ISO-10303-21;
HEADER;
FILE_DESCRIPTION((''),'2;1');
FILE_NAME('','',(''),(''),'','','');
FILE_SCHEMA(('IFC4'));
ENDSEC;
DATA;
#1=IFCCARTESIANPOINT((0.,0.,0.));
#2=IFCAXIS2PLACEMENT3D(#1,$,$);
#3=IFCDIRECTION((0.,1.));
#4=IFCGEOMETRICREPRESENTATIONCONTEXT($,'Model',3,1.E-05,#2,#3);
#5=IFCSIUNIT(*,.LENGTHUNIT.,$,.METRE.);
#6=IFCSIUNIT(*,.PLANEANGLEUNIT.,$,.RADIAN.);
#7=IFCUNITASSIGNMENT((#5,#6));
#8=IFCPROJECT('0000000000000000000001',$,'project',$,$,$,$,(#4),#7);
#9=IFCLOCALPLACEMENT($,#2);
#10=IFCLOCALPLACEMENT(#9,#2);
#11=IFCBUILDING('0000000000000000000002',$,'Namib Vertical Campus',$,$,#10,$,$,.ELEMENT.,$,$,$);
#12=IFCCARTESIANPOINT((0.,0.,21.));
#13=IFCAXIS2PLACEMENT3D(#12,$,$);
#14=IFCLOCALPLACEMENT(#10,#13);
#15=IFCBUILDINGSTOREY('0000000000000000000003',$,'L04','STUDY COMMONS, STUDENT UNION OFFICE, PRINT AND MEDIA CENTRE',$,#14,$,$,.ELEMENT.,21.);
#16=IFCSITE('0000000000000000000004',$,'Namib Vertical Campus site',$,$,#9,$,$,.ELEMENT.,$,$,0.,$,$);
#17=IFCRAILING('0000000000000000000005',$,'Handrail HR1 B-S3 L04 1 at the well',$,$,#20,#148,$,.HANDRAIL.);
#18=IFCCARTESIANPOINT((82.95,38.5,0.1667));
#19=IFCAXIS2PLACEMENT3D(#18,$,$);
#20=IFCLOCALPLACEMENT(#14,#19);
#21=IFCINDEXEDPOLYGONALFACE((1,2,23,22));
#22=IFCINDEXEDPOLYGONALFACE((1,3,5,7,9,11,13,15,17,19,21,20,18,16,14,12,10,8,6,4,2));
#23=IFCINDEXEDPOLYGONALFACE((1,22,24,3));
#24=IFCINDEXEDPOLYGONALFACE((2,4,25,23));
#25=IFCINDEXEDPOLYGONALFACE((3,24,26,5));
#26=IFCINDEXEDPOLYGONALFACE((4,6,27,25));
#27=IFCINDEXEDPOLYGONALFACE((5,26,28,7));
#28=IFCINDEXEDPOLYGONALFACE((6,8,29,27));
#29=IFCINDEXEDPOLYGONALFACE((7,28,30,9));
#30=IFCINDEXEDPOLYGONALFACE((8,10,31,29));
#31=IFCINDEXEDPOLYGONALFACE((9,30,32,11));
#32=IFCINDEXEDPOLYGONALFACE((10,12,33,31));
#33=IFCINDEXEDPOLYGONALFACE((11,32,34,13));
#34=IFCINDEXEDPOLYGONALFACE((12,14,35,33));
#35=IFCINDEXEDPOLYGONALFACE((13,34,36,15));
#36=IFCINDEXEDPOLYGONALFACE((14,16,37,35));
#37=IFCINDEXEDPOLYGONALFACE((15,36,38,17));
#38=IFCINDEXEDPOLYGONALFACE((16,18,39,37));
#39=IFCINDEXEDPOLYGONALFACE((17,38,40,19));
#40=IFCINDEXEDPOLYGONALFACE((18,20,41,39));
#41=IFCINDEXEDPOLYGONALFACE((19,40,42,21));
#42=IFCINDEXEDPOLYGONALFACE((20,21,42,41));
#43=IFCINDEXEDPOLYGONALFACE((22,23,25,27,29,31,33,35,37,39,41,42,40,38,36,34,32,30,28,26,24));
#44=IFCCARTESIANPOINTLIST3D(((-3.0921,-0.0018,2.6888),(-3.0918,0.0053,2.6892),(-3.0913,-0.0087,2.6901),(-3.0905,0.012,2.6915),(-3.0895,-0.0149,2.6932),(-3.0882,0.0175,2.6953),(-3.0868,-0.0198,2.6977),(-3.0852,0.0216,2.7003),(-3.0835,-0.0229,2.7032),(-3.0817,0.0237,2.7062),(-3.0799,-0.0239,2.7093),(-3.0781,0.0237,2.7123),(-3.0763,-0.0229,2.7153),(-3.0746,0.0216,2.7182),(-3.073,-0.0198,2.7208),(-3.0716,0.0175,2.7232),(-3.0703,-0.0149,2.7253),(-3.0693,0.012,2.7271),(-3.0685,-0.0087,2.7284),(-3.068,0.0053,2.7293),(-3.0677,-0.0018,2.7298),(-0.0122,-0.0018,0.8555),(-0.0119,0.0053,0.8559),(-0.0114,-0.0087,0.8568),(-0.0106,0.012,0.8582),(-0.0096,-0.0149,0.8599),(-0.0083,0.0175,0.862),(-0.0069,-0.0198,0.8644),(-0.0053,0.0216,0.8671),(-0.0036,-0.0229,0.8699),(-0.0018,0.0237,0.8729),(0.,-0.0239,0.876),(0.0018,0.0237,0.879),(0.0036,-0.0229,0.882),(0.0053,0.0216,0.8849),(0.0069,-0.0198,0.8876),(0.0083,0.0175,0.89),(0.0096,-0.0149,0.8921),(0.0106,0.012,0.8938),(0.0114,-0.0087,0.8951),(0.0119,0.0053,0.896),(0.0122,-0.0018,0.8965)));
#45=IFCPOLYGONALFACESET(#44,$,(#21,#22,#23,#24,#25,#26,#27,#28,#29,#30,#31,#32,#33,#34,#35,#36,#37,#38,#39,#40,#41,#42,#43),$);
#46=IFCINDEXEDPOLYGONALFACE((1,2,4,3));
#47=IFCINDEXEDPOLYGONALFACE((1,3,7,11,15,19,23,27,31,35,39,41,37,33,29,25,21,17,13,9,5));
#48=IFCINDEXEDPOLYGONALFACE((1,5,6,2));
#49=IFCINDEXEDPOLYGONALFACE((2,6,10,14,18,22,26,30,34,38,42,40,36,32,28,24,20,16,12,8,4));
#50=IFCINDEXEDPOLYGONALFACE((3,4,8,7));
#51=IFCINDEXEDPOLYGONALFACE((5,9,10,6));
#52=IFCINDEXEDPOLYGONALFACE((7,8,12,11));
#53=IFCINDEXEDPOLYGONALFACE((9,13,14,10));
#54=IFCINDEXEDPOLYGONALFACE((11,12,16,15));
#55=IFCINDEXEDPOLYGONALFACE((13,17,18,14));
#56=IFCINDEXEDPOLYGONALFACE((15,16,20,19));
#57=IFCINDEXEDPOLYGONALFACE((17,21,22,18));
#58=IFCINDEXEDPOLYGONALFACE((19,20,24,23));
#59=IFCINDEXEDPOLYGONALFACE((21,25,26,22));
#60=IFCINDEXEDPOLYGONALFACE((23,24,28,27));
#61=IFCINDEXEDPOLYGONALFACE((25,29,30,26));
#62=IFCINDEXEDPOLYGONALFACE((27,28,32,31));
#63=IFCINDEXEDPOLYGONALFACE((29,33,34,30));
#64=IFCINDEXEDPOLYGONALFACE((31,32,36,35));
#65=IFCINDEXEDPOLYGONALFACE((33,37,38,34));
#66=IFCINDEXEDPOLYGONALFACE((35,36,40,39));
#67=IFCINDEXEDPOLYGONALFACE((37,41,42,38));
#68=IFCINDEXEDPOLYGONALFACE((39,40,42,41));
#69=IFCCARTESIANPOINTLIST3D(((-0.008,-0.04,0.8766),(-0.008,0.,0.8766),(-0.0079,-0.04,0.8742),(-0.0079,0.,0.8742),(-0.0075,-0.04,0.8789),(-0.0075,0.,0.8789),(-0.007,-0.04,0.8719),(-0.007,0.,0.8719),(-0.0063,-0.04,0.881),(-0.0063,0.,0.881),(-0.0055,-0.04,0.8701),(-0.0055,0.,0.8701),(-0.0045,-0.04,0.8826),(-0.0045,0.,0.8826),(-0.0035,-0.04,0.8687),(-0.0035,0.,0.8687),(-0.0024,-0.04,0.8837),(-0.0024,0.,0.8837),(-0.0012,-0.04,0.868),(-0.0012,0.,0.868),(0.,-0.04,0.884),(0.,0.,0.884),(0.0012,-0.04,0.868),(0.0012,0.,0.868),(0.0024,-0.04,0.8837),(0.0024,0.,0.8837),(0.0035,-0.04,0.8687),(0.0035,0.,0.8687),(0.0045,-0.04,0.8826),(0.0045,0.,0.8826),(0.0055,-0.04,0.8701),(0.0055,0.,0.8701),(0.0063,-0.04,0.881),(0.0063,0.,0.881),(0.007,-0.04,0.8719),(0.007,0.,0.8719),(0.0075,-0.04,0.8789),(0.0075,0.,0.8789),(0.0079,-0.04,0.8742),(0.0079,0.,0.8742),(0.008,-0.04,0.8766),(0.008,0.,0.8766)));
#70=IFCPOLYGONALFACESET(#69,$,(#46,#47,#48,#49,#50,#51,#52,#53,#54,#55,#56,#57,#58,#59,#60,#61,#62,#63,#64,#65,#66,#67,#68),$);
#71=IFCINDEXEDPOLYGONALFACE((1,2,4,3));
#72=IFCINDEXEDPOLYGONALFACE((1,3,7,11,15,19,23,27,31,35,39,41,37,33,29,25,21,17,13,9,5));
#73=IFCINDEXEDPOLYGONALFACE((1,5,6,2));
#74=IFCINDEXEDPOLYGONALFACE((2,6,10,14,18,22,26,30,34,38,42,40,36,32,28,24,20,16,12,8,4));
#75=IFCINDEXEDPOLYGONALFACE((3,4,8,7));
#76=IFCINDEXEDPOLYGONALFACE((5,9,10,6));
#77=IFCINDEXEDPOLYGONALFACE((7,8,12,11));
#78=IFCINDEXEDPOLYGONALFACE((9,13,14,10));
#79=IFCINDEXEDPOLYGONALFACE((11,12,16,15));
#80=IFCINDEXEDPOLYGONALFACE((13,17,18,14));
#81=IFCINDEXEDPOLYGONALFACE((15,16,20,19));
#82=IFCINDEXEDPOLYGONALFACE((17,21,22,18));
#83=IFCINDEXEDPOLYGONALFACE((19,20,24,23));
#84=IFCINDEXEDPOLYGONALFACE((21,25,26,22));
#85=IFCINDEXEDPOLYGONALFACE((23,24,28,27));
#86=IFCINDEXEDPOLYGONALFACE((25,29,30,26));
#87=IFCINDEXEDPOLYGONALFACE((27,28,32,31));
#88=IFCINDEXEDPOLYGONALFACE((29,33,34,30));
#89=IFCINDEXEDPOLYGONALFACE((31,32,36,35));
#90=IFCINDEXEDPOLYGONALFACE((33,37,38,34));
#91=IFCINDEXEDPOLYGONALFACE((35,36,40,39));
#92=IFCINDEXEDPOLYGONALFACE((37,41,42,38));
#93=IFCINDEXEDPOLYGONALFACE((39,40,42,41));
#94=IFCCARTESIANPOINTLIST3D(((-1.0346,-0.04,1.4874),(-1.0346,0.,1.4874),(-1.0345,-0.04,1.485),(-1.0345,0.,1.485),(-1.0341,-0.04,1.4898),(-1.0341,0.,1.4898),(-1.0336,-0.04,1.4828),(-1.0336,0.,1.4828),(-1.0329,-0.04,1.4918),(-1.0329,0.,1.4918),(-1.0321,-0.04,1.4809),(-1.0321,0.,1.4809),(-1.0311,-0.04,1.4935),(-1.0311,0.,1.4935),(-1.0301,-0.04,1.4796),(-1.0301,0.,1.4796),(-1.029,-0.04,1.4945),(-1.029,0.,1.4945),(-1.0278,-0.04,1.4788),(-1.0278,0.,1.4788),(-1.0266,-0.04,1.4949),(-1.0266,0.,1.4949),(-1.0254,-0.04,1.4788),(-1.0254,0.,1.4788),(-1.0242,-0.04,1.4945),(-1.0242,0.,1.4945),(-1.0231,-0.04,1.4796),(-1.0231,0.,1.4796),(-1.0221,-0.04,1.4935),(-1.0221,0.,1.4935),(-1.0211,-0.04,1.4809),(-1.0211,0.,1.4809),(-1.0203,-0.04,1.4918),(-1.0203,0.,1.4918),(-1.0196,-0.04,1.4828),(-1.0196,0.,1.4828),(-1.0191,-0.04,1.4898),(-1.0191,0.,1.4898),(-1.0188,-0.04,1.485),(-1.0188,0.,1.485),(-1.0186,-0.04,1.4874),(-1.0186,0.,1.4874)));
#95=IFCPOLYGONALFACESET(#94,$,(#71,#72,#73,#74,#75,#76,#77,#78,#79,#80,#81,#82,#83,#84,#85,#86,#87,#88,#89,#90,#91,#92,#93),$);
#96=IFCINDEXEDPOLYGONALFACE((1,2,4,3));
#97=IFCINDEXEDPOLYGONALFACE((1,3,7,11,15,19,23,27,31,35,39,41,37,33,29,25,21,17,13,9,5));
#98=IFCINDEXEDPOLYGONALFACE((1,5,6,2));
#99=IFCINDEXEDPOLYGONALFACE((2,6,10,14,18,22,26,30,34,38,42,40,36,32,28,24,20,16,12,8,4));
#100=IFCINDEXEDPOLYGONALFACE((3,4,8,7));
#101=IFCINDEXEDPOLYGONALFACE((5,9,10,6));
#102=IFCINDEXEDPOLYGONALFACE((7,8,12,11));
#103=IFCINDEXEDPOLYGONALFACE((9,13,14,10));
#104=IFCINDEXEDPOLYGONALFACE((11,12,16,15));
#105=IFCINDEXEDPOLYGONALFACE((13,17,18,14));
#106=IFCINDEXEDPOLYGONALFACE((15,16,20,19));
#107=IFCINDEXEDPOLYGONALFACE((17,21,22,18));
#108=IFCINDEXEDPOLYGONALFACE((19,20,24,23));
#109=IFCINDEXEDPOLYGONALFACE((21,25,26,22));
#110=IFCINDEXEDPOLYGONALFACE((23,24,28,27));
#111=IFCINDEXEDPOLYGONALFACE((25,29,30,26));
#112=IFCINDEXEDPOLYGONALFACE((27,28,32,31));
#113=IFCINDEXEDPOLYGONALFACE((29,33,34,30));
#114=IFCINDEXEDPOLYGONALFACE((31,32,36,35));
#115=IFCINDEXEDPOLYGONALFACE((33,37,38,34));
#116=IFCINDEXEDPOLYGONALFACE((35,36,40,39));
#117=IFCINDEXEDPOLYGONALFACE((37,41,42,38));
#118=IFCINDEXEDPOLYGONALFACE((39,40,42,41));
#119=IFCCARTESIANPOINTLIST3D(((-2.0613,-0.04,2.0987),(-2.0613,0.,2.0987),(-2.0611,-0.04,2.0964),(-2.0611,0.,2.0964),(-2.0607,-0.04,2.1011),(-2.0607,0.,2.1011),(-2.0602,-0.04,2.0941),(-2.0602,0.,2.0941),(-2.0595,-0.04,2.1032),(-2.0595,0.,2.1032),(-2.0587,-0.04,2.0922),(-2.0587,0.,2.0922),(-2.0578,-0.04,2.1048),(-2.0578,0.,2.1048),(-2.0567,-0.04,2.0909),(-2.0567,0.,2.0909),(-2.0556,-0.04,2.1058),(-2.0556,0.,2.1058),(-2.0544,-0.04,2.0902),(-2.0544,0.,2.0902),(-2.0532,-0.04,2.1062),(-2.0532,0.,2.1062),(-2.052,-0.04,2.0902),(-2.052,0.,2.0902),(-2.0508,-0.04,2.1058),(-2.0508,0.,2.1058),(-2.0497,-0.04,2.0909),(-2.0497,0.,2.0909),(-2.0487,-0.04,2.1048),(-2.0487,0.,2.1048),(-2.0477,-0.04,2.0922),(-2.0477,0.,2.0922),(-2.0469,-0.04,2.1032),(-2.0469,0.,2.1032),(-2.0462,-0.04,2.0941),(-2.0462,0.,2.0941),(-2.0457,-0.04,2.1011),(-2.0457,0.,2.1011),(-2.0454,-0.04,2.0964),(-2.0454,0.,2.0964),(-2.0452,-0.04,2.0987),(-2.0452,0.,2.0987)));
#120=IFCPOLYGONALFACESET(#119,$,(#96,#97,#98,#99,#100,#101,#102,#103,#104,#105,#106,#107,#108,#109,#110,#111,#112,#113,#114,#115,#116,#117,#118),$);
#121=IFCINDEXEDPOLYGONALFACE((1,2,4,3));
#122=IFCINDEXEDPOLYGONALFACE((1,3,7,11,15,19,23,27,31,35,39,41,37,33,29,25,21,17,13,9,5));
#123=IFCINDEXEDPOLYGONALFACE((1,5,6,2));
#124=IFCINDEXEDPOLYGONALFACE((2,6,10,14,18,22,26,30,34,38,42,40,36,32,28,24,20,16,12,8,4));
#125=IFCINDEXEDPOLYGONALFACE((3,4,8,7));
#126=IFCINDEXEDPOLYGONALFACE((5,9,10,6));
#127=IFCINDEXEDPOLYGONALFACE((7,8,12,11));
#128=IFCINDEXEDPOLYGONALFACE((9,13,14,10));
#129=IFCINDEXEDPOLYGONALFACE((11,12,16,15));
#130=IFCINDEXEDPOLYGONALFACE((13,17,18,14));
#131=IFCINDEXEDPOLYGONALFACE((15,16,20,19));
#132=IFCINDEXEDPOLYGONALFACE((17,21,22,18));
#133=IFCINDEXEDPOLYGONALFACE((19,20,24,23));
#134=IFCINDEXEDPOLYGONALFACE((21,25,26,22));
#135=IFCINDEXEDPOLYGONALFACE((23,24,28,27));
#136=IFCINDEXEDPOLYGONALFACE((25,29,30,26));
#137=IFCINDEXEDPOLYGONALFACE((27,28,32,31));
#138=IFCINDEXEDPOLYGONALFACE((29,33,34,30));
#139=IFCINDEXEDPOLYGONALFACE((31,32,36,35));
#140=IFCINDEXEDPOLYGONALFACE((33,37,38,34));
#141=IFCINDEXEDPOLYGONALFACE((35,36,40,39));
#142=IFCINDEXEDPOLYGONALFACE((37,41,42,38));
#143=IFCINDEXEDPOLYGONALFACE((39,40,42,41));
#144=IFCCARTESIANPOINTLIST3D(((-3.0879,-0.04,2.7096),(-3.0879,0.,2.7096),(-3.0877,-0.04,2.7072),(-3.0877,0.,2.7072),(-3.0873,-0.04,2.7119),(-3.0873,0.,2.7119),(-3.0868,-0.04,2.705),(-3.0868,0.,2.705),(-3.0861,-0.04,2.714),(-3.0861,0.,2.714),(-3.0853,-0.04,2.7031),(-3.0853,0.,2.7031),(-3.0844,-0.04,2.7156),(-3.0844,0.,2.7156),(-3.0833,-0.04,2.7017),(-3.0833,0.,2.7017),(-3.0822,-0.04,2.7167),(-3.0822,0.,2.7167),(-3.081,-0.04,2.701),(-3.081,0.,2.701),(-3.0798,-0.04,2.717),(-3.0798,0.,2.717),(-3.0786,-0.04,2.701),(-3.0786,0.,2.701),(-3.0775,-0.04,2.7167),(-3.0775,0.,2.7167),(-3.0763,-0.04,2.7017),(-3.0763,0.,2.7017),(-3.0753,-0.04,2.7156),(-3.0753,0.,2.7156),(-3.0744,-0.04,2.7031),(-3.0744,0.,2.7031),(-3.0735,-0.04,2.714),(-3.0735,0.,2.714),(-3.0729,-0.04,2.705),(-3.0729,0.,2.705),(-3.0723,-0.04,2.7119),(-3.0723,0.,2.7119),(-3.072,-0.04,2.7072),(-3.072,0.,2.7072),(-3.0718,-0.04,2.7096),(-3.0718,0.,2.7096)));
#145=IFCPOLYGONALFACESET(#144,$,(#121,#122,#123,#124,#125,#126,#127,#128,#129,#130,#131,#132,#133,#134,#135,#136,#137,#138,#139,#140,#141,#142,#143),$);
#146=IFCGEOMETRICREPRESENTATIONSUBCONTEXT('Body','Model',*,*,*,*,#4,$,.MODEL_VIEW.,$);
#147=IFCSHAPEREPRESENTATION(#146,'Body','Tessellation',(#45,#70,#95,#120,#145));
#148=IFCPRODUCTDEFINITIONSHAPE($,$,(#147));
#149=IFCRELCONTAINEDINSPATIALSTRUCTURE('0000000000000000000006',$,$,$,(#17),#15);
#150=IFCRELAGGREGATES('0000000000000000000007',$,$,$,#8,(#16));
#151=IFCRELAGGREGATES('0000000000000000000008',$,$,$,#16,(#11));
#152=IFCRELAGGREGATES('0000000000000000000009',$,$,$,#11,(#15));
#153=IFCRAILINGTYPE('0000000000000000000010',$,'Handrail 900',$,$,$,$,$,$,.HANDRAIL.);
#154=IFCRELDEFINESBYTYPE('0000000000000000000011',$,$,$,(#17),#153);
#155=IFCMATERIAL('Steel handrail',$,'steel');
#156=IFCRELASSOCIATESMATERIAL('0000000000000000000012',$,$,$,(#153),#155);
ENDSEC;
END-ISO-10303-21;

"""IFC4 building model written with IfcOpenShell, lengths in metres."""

from ifc_helpers import new_model, si_unit, direction, frame, origin, origin_2d, place, context, subcontext, project, spatial, circle, extrude, material, type_object, element, save


model = new_model("IFC4")

# Units and contexts
model_context = context("Model", 3, precision=1e-05, world=origin(), true_north=direction((0.0, 1.0)))
body_context = subcontext(model_context, "Body", "Model", "MODEL_VIEW")
ifc_project = project(units=[si_unit("LENGTHUNIT", "METRE"), si_unit("PLANEANGLEUNIT", "RADIAN")], contexts=[model_context])

# Site, building, storey
site_placement = place(None, origin())
site = spatial("IfcSite", under=ifc_project, at=site_placement, Name="Namib Vertical Campus site", CompositionType="ELEMENT", RefElevation=0.0)
building_placement = place(site_placement, origin())
building = spatial("IfcBuilding", under=site, at=building_placement, Name="Namib Vertical Campus", CompositionType="ELEMENT")
storey_placement = place(building_placement, frame((0.0, 0.0, 21.0)))
storey = spatial("IfcBuildingStorey", under=building, at=storey_placement, Name="L04", Description="STUDY COMMONS, STUDENT UNION OFFICE, PRINT AND MEDIA CENTRE", CompositionType="ELEMENT", Elevation=21.0)

# Railing
ifc_material_1 = material(Name="Steel handrail", Category="steel")
railing_type_1 = type_object("IfcRailingType", Name="Handrail 900", PredefinedType="HANDRAIL", material=ifc_material_1)
railing_1_placement = place(storey_placement, frame((82.95, 38.5, 0.1667)))
element("IfcRailing", 1, at=railing_1_placement, inside=storey, type_object=railing_type_1, Name="Handrail HR1 B-S3 L04 1 at the well", PredefinedType="HANDRAIL", context=body_context, shape_type="SweptSolid", body=[
    extrude(circle(Radius=0.0239, at=origin_2d()), frame((0.0, 0.0, 0.876), z_axis=(-0.859291, 0.0, 0.511487), x_axis=(0.0, -1.0, 0.0)), (0.0, 0.0, 1.0), 3.5842),
    extrude(circle(Radius=0.0081, at=origin_2d()), frame((0.0, 0.0, 0.876), z_axis=(0.0, -1.0, 0.0), x_axis=(0.0, 0.0, 1.0)), (0.0, 0.0, 1.0), 0.04),
    extrude(circle(Radius=0.0081, at=origin_2d()), frame((-1.0266, 0.0, 1.4868), z_axis=(0.0, -1.0, 0.0), x_axis=(0.0, 0.0, 1.0)), (0.0, 0.0, 1.0), 0.04),
    extrude(circle(Radius=0.0081, at=origin_2d()), frame((-2.0532, 0.0, 2.0981), z_axis=(0.0, -1.0, 0.0), x_axis=(0.0, 0.0, 1.0)), (0.0, 0.0, 1.0), 0.04),
    extrude(circle(Radius=0.0081, at=origin_2d()), frame((-3.0798, 0.0, 2.709), z_axis=(0.0, -1.0, 0.0), x_axis=(0.0, 0.0, 1.0)), (0.0, 0.0, 1.0), 0.04),
])

save(model, "model.ifc")
